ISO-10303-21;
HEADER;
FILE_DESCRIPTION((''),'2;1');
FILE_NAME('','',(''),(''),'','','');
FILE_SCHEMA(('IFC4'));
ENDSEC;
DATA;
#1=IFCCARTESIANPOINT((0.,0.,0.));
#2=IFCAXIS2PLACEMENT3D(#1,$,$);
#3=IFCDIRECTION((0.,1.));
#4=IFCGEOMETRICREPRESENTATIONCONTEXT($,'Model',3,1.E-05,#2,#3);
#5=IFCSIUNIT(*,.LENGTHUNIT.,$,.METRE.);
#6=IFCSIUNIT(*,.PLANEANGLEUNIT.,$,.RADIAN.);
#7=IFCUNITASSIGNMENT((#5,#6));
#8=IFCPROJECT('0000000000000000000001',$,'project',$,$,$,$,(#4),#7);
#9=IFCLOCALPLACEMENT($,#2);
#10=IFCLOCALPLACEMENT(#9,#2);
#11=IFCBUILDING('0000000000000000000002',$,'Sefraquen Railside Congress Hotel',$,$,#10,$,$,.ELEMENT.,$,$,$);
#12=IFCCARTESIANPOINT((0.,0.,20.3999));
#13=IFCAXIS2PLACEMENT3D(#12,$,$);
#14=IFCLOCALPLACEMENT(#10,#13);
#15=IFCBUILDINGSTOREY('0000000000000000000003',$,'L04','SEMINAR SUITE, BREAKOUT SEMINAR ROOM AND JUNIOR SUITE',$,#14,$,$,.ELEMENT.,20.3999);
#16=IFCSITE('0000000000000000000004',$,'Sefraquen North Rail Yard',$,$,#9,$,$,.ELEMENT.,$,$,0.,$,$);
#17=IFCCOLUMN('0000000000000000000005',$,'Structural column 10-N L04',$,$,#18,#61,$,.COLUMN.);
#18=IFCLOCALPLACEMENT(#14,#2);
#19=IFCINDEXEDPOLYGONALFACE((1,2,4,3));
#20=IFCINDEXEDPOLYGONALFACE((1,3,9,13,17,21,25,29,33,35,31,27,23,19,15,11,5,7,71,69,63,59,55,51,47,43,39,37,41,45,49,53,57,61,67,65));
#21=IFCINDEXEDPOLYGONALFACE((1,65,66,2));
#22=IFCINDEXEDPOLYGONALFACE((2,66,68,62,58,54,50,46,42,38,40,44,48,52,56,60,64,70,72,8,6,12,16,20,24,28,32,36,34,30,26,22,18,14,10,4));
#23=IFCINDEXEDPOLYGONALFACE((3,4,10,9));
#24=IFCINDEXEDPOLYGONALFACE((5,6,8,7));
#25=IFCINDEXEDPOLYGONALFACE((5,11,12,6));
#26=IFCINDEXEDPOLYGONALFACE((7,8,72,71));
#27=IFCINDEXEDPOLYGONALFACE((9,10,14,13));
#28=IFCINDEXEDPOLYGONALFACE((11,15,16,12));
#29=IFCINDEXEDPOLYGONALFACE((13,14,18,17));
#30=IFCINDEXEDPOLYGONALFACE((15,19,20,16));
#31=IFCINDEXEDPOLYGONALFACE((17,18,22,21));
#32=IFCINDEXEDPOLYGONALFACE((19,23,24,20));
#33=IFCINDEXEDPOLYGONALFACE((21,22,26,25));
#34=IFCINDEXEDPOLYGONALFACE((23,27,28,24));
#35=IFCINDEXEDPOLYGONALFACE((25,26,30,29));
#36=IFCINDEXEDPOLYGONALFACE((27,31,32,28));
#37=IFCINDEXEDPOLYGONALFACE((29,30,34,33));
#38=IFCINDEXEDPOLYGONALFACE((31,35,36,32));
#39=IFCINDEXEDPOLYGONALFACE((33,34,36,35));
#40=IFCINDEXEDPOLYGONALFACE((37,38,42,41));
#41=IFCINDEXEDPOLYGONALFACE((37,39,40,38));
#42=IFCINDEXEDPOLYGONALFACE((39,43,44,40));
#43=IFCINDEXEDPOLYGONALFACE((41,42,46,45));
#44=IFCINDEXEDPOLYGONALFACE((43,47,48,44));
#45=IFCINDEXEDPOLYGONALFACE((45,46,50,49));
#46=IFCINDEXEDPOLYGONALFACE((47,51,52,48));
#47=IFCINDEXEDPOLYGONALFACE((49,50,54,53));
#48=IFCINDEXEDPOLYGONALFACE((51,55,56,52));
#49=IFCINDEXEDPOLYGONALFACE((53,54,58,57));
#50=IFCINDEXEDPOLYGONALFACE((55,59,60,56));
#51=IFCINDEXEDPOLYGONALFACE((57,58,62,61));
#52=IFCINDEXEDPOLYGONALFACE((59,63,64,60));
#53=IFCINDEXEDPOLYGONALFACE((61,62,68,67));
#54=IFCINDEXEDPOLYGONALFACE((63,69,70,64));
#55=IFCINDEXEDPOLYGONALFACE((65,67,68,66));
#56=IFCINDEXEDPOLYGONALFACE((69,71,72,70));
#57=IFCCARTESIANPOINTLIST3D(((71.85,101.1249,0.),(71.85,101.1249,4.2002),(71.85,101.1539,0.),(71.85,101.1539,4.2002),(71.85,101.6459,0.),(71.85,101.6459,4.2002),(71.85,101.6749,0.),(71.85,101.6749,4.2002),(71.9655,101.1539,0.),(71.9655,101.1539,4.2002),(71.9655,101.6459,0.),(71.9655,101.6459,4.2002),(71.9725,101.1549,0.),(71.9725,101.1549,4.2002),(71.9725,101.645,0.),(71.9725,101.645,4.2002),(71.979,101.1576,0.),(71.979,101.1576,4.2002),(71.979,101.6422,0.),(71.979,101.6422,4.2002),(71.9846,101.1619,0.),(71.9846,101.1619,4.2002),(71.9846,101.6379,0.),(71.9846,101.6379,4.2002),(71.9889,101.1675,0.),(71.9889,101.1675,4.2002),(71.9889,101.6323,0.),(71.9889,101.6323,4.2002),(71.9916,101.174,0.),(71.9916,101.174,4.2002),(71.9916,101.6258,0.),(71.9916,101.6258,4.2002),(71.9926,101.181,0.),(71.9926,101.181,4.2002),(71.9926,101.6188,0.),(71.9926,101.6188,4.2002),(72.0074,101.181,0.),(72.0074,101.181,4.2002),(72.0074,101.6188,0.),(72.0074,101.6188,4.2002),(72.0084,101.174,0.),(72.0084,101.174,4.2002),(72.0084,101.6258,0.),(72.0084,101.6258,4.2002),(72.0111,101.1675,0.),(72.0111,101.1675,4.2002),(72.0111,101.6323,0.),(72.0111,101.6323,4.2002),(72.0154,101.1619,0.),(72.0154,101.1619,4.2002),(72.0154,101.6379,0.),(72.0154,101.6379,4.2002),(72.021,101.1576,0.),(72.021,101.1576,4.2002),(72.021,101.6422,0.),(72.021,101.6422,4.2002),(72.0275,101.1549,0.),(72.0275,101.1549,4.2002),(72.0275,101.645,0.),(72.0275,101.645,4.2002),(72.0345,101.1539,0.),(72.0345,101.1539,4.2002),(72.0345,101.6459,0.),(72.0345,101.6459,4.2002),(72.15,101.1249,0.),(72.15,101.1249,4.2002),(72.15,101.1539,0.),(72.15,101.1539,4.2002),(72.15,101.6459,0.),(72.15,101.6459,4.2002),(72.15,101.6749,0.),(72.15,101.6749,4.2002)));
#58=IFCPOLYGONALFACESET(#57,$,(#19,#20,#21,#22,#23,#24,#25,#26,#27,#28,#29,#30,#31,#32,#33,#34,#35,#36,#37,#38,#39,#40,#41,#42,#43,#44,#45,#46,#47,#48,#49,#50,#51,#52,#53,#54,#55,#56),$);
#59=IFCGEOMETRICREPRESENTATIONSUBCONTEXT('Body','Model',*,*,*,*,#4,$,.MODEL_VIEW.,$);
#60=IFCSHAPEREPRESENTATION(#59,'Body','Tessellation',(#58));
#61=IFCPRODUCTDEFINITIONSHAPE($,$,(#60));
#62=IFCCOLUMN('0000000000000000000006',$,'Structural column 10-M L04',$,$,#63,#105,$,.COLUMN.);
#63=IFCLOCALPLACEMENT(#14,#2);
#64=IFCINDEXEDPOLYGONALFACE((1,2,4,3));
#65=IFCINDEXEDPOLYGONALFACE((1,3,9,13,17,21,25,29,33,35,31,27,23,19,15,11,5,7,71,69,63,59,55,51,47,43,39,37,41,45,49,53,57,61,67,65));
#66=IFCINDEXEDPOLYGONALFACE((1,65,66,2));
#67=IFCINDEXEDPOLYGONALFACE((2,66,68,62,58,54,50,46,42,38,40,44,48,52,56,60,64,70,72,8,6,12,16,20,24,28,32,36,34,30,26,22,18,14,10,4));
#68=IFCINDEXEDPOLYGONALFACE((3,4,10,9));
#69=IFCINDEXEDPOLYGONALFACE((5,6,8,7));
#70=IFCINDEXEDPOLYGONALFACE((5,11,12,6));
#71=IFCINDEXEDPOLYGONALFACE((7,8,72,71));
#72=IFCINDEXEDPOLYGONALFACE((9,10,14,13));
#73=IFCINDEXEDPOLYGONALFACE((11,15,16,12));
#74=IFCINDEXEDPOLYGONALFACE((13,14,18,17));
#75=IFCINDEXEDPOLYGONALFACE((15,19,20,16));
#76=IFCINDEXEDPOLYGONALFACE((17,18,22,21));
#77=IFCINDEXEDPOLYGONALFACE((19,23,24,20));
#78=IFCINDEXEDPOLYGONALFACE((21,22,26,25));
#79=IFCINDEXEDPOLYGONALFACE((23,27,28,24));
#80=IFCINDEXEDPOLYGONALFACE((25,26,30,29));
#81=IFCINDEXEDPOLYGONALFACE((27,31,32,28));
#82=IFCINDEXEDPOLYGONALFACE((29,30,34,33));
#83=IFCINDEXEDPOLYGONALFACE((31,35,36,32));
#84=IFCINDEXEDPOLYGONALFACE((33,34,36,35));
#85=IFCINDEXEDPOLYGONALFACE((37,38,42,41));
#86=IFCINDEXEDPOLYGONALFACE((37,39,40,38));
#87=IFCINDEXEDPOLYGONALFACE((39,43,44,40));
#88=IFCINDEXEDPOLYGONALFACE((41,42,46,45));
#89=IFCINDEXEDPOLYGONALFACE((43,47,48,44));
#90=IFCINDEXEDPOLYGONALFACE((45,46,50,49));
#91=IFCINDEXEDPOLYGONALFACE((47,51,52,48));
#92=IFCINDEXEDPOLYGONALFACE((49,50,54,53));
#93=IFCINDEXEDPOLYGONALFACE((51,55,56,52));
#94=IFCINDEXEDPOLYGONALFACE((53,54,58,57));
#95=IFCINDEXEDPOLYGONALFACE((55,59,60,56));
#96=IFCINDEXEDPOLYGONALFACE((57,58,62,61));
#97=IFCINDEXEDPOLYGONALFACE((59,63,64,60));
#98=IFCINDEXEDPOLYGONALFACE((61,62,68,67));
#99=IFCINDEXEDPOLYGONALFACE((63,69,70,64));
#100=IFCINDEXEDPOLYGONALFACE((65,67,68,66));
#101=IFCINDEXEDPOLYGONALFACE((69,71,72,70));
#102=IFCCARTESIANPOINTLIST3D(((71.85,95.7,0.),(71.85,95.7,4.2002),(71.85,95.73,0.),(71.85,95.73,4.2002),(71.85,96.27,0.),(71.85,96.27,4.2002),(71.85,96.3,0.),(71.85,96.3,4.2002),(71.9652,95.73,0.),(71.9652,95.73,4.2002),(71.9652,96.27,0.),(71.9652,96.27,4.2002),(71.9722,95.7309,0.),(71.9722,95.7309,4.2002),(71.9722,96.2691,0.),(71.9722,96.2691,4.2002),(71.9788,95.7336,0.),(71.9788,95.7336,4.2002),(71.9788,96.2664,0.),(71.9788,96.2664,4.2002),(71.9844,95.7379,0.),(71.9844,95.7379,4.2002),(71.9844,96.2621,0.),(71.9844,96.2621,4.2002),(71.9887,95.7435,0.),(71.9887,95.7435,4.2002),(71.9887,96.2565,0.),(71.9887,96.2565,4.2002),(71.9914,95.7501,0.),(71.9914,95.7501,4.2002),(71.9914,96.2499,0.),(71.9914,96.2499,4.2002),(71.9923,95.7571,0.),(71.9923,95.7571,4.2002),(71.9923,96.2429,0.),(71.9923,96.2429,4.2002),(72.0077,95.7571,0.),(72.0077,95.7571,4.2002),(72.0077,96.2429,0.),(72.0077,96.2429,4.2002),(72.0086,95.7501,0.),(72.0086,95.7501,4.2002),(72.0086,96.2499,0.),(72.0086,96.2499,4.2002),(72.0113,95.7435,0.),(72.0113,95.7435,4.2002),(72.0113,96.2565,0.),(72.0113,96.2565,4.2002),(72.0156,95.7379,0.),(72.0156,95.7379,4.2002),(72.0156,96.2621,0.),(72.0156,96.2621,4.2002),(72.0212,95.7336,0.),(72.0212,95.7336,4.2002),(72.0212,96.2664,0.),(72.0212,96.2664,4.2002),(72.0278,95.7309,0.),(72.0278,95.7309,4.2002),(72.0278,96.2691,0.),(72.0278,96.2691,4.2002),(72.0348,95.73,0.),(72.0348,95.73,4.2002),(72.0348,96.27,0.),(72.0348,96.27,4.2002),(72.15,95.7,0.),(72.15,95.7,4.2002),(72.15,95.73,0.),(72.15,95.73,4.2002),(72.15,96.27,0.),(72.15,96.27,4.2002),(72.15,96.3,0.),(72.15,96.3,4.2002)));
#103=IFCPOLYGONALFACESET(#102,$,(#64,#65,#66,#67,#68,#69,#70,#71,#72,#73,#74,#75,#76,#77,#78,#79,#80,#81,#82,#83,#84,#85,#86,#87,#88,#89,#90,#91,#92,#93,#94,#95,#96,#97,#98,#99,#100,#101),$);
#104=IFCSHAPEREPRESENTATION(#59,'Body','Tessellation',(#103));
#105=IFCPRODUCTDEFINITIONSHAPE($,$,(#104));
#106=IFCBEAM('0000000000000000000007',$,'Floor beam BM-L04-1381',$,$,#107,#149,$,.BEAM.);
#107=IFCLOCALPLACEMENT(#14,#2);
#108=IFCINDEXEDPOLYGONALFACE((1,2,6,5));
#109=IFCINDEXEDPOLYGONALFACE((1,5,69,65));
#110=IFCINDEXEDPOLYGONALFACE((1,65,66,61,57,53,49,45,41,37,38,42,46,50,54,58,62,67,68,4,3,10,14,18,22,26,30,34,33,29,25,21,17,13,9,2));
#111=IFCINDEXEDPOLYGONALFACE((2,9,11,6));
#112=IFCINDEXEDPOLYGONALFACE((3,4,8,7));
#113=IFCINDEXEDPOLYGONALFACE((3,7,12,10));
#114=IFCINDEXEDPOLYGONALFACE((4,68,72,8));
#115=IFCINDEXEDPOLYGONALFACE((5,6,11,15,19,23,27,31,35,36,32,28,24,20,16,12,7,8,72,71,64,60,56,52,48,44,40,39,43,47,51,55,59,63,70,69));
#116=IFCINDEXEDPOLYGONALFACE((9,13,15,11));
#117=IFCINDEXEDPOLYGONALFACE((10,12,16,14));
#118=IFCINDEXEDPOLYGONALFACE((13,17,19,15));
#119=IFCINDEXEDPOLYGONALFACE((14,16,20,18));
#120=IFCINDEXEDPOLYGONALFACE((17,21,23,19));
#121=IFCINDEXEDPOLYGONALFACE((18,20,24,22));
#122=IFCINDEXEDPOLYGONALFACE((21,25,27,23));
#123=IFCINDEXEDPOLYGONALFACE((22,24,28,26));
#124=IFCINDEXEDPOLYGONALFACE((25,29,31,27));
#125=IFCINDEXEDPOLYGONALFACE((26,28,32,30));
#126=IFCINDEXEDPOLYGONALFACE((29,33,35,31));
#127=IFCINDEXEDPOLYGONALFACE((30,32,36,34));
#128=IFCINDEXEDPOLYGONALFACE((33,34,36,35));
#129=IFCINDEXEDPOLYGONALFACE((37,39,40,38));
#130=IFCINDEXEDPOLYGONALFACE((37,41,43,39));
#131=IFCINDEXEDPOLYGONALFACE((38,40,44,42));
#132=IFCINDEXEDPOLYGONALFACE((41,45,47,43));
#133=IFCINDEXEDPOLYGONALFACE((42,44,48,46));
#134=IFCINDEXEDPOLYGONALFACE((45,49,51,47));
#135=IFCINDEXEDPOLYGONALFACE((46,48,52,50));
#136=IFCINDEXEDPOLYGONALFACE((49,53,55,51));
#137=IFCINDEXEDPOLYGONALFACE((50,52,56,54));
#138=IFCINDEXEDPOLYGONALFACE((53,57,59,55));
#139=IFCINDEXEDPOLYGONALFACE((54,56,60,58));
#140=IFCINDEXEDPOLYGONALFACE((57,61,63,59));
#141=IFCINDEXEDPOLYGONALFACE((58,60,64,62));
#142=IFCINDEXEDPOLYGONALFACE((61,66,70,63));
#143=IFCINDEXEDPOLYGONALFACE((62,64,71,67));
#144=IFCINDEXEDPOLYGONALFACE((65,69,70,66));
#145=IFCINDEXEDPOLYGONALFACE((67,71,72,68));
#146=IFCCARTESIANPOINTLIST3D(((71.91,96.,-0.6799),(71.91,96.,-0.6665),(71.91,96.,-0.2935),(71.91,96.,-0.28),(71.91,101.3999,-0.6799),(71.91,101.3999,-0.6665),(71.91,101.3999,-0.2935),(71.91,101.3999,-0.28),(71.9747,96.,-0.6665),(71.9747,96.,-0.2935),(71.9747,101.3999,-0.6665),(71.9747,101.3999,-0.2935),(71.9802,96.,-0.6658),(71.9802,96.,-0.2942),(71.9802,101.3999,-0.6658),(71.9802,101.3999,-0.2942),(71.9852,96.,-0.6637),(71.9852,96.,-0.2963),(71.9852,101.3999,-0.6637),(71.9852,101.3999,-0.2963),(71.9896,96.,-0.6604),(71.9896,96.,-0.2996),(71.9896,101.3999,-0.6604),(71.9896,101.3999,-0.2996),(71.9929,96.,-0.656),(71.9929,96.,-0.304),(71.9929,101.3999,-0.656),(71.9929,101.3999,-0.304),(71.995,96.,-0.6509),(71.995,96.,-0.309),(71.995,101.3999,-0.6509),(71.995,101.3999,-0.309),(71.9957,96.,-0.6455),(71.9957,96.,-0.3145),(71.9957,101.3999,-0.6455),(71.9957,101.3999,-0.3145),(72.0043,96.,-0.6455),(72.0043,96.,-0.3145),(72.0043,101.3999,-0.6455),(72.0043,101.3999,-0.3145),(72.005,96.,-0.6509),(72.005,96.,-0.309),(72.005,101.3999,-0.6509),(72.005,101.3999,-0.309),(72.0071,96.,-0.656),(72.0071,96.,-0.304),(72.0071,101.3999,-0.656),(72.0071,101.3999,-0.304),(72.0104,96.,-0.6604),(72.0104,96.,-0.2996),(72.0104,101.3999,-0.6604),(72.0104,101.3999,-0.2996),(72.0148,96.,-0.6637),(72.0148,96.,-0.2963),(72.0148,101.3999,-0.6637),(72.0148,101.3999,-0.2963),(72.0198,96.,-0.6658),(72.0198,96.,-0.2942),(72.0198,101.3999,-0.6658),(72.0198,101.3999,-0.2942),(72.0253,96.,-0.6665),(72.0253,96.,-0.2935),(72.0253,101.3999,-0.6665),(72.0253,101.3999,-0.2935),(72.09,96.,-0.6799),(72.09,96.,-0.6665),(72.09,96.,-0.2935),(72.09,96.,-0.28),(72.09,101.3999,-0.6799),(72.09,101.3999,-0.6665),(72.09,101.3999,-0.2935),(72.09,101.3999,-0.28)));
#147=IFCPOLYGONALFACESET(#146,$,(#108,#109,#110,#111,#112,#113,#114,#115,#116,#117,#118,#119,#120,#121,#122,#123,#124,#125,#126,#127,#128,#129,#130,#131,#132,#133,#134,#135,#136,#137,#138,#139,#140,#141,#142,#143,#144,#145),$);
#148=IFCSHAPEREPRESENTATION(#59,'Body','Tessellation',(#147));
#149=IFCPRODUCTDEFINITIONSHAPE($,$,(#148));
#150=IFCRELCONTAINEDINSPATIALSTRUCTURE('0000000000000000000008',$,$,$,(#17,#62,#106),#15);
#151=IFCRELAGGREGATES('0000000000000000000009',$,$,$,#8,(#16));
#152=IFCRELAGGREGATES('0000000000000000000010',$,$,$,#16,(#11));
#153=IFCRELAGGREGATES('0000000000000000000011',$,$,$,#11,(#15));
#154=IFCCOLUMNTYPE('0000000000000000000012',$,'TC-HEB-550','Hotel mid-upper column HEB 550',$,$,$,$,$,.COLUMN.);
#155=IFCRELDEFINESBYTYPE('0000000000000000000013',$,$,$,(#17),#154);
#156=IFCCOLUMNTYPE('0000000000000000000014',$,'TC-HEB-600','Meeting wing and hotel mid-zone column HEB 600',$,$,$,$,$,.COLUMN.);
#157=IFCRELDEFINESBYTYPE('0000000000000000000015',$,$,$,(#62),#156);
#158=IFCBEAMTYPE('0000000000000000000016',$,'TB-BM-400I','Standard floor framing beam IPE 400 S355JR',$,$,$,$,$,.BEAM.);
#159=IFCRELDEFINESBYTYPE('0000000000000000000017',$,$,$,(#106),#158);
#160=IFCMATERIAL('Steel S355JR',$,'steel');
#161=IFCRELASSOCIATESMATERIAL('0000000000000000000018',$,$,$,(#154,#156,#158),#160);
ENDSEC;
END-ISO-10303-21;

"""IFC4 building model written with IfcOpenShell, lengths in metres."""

from ifc_helpers import new_model, si_unit, direction, frame, origin, origin_2d, place, context, subcontext, project, spatial, i_section, extrude, material, material_profile, profile_set, type_object, element, save


model = new_model("IFC4")

# Units and contexts
model_context = context("Model", 3, precision=1e-05, world=origin(), true_north=direction((0.0, 1.0)))
body_context = subcontext(model_context, "Body", "Model", "MODEL_VIEW")
ifc_project = project(units=[si_unit("LENGTHUNIT", "METRE"), si_unit("PLANEANGLEUNIT", "RADIAN")], contexts=[model_context])

# Site, building, storey
site_placement = place(None, origin())
site = spatial("IfcSite", under=ifc_project, at=site_placement, Name="Sefraquen North Rail Yard", CompositionType="ELEMENT", RefElevation=0.0)
building_placement = place(site_placement, origin())
building = spatial("IfcBuilding", under=site, at=building_placement, Name="Sefraquen Railside Congress Hotel", CompositionType="ELEMENT")
storey_placement = place(building_placement, frame((0.0, 0.0, 20.3999)))
storey = spatial("IfcBuildingStorey", under=building, at=storey_placement, Name="L04", Description="SEMINAR SUITE, BREAKOUT SEMINAR ROOM AND JUNIOR SUITE", CompositionType="ELEMENT", Elevation=20.3999)

# Columns
ifc_material_1 = material(Name="Steel S355JR", Category="steel")
ifc_material_profile_1 = material_profile(ifc_material_1, i_section(OverallWidth=0.3, OverallDepth=0.55, WebThickness=0.0149, FlangeThickness=0.0291, FilletRadius=0.0271, at=origin_2d()), Name="HEB 550")
ifc_profile_set_1 = profile_set([ifc_material_profile_1], Name="Steel S355JR")
column_type_1 = type_object("IfcColumnType", Name="TC-HEB-550", Description="Hotel mid-upper column HEB 550", PredefinedType="COLUMN", material=ifc_profile_set_1)
column_1_placement = place(storey_placement, frame((72.0, 101.3999, 0.0), z_axis=(0.0, 0.0, 1.0), x_axis=(1.0, 0.0, 0.0)))
element("IfcColumn", 1, at=column_1_placement, inside=storey, type_object=column_type_1, Name="Structural column 10-N L04", PredefinedType="COLUMN", context=body_context, shape_type="SweptSolid", body=[
    extrude(i_section(OverallWidth=0.3, OverallDepth=0.55, WebThickness=0.0149, FlangeThickness=0.0291, FilletRadius=0.0271, at=origin_2d()), origin(), (0.0, 0.0, 1.0), 4.2002),
])
ifc_material_profile_2 = material_profile(ifc_material_1, i_section(OverallWidth=0.3, OverallDepth=0.6001, WebThickness=0.0154, FlangeThickness=0.03, FilletRadius=0.0271, at=origin_2d()), Name="HEB 600")
ifc_profile_set_2 = profile_set([ifc_material_profile_2], Name="Steel S355JR")
column_type_2 = type_object("IfcColumnType", Name="TC-HEB-600", Description="Meeting wing and hotel mid-zone column HEB 600", PredefinedType="COLUMN", material=ifc_profile_set_2)
column_2_placement = place(storey_placement, frame((72.0, 96.0, 0.0), z_axis=(0.0, 0.0, 1.0), x_axis=(1.0, 0.0, 0.0)))
element("IfcColumn", 2, at=column_2_placement, inside=storey, type_object=column_type_2, Name="Structural column 10-M L04", PredefinedType="COLUMN", context=body_context, shape_type="SweptSolid", body=[
    extrude(i_section(OverallWidth=0.3, OverallDepth=0.6001, WebThickness=0.0154, FlangeThickness=0.03, FilletRadius=0.0271, at=origin_2d()), origin(), (0.0, 0.0, 1.0), 4.2002),
])

# Beam
ifc_material_profile_3 = material_profile(ifc_material_1, i_section(OverallWidth=0.1799, OverallDepth=0.3999, WebThickness=0.0085, FlangeThickness=0.0134, FilletRadius=0.021, at=origin_2d()), Name="IPE 400")
ifc_profile_set_3 = profile_set([ifc_material_profile_3], Name="Steel S355JR")
beam_type_1 = type_object("IfcBeamType", Name="TB-BM-400I", Description="Standard floor framing beam IPE 400 S355JR", PredefinedType="BEAM", material=ifc_profile_set_3)
beam_1_placement = place(storey_placement, frame((72.0, 96.0, -0.48), z_axis=(0.0, 1.0, 0.0), x_axis=(-1.0, 0.0, 0.0)))
element("IfcBeam", 3, at=beam_1_placement, inside=storey, type_object=beam_type_1, Name="Floor beam BM-L04-1381", PredefinedType="BEAM", context=body_context, shape_type="SweptSolid", body=[
    extrude(i_section(OverallWidth=0.1799, OverallDepth=0.3999, WebThickness=0.0085, FlangeThickness=0.0134, FilletRadius=0.021, at=origin_2d()), origin(), (0.0, 0.0, 1.0), 5.3999),
])

save(model, "model.ifc")
